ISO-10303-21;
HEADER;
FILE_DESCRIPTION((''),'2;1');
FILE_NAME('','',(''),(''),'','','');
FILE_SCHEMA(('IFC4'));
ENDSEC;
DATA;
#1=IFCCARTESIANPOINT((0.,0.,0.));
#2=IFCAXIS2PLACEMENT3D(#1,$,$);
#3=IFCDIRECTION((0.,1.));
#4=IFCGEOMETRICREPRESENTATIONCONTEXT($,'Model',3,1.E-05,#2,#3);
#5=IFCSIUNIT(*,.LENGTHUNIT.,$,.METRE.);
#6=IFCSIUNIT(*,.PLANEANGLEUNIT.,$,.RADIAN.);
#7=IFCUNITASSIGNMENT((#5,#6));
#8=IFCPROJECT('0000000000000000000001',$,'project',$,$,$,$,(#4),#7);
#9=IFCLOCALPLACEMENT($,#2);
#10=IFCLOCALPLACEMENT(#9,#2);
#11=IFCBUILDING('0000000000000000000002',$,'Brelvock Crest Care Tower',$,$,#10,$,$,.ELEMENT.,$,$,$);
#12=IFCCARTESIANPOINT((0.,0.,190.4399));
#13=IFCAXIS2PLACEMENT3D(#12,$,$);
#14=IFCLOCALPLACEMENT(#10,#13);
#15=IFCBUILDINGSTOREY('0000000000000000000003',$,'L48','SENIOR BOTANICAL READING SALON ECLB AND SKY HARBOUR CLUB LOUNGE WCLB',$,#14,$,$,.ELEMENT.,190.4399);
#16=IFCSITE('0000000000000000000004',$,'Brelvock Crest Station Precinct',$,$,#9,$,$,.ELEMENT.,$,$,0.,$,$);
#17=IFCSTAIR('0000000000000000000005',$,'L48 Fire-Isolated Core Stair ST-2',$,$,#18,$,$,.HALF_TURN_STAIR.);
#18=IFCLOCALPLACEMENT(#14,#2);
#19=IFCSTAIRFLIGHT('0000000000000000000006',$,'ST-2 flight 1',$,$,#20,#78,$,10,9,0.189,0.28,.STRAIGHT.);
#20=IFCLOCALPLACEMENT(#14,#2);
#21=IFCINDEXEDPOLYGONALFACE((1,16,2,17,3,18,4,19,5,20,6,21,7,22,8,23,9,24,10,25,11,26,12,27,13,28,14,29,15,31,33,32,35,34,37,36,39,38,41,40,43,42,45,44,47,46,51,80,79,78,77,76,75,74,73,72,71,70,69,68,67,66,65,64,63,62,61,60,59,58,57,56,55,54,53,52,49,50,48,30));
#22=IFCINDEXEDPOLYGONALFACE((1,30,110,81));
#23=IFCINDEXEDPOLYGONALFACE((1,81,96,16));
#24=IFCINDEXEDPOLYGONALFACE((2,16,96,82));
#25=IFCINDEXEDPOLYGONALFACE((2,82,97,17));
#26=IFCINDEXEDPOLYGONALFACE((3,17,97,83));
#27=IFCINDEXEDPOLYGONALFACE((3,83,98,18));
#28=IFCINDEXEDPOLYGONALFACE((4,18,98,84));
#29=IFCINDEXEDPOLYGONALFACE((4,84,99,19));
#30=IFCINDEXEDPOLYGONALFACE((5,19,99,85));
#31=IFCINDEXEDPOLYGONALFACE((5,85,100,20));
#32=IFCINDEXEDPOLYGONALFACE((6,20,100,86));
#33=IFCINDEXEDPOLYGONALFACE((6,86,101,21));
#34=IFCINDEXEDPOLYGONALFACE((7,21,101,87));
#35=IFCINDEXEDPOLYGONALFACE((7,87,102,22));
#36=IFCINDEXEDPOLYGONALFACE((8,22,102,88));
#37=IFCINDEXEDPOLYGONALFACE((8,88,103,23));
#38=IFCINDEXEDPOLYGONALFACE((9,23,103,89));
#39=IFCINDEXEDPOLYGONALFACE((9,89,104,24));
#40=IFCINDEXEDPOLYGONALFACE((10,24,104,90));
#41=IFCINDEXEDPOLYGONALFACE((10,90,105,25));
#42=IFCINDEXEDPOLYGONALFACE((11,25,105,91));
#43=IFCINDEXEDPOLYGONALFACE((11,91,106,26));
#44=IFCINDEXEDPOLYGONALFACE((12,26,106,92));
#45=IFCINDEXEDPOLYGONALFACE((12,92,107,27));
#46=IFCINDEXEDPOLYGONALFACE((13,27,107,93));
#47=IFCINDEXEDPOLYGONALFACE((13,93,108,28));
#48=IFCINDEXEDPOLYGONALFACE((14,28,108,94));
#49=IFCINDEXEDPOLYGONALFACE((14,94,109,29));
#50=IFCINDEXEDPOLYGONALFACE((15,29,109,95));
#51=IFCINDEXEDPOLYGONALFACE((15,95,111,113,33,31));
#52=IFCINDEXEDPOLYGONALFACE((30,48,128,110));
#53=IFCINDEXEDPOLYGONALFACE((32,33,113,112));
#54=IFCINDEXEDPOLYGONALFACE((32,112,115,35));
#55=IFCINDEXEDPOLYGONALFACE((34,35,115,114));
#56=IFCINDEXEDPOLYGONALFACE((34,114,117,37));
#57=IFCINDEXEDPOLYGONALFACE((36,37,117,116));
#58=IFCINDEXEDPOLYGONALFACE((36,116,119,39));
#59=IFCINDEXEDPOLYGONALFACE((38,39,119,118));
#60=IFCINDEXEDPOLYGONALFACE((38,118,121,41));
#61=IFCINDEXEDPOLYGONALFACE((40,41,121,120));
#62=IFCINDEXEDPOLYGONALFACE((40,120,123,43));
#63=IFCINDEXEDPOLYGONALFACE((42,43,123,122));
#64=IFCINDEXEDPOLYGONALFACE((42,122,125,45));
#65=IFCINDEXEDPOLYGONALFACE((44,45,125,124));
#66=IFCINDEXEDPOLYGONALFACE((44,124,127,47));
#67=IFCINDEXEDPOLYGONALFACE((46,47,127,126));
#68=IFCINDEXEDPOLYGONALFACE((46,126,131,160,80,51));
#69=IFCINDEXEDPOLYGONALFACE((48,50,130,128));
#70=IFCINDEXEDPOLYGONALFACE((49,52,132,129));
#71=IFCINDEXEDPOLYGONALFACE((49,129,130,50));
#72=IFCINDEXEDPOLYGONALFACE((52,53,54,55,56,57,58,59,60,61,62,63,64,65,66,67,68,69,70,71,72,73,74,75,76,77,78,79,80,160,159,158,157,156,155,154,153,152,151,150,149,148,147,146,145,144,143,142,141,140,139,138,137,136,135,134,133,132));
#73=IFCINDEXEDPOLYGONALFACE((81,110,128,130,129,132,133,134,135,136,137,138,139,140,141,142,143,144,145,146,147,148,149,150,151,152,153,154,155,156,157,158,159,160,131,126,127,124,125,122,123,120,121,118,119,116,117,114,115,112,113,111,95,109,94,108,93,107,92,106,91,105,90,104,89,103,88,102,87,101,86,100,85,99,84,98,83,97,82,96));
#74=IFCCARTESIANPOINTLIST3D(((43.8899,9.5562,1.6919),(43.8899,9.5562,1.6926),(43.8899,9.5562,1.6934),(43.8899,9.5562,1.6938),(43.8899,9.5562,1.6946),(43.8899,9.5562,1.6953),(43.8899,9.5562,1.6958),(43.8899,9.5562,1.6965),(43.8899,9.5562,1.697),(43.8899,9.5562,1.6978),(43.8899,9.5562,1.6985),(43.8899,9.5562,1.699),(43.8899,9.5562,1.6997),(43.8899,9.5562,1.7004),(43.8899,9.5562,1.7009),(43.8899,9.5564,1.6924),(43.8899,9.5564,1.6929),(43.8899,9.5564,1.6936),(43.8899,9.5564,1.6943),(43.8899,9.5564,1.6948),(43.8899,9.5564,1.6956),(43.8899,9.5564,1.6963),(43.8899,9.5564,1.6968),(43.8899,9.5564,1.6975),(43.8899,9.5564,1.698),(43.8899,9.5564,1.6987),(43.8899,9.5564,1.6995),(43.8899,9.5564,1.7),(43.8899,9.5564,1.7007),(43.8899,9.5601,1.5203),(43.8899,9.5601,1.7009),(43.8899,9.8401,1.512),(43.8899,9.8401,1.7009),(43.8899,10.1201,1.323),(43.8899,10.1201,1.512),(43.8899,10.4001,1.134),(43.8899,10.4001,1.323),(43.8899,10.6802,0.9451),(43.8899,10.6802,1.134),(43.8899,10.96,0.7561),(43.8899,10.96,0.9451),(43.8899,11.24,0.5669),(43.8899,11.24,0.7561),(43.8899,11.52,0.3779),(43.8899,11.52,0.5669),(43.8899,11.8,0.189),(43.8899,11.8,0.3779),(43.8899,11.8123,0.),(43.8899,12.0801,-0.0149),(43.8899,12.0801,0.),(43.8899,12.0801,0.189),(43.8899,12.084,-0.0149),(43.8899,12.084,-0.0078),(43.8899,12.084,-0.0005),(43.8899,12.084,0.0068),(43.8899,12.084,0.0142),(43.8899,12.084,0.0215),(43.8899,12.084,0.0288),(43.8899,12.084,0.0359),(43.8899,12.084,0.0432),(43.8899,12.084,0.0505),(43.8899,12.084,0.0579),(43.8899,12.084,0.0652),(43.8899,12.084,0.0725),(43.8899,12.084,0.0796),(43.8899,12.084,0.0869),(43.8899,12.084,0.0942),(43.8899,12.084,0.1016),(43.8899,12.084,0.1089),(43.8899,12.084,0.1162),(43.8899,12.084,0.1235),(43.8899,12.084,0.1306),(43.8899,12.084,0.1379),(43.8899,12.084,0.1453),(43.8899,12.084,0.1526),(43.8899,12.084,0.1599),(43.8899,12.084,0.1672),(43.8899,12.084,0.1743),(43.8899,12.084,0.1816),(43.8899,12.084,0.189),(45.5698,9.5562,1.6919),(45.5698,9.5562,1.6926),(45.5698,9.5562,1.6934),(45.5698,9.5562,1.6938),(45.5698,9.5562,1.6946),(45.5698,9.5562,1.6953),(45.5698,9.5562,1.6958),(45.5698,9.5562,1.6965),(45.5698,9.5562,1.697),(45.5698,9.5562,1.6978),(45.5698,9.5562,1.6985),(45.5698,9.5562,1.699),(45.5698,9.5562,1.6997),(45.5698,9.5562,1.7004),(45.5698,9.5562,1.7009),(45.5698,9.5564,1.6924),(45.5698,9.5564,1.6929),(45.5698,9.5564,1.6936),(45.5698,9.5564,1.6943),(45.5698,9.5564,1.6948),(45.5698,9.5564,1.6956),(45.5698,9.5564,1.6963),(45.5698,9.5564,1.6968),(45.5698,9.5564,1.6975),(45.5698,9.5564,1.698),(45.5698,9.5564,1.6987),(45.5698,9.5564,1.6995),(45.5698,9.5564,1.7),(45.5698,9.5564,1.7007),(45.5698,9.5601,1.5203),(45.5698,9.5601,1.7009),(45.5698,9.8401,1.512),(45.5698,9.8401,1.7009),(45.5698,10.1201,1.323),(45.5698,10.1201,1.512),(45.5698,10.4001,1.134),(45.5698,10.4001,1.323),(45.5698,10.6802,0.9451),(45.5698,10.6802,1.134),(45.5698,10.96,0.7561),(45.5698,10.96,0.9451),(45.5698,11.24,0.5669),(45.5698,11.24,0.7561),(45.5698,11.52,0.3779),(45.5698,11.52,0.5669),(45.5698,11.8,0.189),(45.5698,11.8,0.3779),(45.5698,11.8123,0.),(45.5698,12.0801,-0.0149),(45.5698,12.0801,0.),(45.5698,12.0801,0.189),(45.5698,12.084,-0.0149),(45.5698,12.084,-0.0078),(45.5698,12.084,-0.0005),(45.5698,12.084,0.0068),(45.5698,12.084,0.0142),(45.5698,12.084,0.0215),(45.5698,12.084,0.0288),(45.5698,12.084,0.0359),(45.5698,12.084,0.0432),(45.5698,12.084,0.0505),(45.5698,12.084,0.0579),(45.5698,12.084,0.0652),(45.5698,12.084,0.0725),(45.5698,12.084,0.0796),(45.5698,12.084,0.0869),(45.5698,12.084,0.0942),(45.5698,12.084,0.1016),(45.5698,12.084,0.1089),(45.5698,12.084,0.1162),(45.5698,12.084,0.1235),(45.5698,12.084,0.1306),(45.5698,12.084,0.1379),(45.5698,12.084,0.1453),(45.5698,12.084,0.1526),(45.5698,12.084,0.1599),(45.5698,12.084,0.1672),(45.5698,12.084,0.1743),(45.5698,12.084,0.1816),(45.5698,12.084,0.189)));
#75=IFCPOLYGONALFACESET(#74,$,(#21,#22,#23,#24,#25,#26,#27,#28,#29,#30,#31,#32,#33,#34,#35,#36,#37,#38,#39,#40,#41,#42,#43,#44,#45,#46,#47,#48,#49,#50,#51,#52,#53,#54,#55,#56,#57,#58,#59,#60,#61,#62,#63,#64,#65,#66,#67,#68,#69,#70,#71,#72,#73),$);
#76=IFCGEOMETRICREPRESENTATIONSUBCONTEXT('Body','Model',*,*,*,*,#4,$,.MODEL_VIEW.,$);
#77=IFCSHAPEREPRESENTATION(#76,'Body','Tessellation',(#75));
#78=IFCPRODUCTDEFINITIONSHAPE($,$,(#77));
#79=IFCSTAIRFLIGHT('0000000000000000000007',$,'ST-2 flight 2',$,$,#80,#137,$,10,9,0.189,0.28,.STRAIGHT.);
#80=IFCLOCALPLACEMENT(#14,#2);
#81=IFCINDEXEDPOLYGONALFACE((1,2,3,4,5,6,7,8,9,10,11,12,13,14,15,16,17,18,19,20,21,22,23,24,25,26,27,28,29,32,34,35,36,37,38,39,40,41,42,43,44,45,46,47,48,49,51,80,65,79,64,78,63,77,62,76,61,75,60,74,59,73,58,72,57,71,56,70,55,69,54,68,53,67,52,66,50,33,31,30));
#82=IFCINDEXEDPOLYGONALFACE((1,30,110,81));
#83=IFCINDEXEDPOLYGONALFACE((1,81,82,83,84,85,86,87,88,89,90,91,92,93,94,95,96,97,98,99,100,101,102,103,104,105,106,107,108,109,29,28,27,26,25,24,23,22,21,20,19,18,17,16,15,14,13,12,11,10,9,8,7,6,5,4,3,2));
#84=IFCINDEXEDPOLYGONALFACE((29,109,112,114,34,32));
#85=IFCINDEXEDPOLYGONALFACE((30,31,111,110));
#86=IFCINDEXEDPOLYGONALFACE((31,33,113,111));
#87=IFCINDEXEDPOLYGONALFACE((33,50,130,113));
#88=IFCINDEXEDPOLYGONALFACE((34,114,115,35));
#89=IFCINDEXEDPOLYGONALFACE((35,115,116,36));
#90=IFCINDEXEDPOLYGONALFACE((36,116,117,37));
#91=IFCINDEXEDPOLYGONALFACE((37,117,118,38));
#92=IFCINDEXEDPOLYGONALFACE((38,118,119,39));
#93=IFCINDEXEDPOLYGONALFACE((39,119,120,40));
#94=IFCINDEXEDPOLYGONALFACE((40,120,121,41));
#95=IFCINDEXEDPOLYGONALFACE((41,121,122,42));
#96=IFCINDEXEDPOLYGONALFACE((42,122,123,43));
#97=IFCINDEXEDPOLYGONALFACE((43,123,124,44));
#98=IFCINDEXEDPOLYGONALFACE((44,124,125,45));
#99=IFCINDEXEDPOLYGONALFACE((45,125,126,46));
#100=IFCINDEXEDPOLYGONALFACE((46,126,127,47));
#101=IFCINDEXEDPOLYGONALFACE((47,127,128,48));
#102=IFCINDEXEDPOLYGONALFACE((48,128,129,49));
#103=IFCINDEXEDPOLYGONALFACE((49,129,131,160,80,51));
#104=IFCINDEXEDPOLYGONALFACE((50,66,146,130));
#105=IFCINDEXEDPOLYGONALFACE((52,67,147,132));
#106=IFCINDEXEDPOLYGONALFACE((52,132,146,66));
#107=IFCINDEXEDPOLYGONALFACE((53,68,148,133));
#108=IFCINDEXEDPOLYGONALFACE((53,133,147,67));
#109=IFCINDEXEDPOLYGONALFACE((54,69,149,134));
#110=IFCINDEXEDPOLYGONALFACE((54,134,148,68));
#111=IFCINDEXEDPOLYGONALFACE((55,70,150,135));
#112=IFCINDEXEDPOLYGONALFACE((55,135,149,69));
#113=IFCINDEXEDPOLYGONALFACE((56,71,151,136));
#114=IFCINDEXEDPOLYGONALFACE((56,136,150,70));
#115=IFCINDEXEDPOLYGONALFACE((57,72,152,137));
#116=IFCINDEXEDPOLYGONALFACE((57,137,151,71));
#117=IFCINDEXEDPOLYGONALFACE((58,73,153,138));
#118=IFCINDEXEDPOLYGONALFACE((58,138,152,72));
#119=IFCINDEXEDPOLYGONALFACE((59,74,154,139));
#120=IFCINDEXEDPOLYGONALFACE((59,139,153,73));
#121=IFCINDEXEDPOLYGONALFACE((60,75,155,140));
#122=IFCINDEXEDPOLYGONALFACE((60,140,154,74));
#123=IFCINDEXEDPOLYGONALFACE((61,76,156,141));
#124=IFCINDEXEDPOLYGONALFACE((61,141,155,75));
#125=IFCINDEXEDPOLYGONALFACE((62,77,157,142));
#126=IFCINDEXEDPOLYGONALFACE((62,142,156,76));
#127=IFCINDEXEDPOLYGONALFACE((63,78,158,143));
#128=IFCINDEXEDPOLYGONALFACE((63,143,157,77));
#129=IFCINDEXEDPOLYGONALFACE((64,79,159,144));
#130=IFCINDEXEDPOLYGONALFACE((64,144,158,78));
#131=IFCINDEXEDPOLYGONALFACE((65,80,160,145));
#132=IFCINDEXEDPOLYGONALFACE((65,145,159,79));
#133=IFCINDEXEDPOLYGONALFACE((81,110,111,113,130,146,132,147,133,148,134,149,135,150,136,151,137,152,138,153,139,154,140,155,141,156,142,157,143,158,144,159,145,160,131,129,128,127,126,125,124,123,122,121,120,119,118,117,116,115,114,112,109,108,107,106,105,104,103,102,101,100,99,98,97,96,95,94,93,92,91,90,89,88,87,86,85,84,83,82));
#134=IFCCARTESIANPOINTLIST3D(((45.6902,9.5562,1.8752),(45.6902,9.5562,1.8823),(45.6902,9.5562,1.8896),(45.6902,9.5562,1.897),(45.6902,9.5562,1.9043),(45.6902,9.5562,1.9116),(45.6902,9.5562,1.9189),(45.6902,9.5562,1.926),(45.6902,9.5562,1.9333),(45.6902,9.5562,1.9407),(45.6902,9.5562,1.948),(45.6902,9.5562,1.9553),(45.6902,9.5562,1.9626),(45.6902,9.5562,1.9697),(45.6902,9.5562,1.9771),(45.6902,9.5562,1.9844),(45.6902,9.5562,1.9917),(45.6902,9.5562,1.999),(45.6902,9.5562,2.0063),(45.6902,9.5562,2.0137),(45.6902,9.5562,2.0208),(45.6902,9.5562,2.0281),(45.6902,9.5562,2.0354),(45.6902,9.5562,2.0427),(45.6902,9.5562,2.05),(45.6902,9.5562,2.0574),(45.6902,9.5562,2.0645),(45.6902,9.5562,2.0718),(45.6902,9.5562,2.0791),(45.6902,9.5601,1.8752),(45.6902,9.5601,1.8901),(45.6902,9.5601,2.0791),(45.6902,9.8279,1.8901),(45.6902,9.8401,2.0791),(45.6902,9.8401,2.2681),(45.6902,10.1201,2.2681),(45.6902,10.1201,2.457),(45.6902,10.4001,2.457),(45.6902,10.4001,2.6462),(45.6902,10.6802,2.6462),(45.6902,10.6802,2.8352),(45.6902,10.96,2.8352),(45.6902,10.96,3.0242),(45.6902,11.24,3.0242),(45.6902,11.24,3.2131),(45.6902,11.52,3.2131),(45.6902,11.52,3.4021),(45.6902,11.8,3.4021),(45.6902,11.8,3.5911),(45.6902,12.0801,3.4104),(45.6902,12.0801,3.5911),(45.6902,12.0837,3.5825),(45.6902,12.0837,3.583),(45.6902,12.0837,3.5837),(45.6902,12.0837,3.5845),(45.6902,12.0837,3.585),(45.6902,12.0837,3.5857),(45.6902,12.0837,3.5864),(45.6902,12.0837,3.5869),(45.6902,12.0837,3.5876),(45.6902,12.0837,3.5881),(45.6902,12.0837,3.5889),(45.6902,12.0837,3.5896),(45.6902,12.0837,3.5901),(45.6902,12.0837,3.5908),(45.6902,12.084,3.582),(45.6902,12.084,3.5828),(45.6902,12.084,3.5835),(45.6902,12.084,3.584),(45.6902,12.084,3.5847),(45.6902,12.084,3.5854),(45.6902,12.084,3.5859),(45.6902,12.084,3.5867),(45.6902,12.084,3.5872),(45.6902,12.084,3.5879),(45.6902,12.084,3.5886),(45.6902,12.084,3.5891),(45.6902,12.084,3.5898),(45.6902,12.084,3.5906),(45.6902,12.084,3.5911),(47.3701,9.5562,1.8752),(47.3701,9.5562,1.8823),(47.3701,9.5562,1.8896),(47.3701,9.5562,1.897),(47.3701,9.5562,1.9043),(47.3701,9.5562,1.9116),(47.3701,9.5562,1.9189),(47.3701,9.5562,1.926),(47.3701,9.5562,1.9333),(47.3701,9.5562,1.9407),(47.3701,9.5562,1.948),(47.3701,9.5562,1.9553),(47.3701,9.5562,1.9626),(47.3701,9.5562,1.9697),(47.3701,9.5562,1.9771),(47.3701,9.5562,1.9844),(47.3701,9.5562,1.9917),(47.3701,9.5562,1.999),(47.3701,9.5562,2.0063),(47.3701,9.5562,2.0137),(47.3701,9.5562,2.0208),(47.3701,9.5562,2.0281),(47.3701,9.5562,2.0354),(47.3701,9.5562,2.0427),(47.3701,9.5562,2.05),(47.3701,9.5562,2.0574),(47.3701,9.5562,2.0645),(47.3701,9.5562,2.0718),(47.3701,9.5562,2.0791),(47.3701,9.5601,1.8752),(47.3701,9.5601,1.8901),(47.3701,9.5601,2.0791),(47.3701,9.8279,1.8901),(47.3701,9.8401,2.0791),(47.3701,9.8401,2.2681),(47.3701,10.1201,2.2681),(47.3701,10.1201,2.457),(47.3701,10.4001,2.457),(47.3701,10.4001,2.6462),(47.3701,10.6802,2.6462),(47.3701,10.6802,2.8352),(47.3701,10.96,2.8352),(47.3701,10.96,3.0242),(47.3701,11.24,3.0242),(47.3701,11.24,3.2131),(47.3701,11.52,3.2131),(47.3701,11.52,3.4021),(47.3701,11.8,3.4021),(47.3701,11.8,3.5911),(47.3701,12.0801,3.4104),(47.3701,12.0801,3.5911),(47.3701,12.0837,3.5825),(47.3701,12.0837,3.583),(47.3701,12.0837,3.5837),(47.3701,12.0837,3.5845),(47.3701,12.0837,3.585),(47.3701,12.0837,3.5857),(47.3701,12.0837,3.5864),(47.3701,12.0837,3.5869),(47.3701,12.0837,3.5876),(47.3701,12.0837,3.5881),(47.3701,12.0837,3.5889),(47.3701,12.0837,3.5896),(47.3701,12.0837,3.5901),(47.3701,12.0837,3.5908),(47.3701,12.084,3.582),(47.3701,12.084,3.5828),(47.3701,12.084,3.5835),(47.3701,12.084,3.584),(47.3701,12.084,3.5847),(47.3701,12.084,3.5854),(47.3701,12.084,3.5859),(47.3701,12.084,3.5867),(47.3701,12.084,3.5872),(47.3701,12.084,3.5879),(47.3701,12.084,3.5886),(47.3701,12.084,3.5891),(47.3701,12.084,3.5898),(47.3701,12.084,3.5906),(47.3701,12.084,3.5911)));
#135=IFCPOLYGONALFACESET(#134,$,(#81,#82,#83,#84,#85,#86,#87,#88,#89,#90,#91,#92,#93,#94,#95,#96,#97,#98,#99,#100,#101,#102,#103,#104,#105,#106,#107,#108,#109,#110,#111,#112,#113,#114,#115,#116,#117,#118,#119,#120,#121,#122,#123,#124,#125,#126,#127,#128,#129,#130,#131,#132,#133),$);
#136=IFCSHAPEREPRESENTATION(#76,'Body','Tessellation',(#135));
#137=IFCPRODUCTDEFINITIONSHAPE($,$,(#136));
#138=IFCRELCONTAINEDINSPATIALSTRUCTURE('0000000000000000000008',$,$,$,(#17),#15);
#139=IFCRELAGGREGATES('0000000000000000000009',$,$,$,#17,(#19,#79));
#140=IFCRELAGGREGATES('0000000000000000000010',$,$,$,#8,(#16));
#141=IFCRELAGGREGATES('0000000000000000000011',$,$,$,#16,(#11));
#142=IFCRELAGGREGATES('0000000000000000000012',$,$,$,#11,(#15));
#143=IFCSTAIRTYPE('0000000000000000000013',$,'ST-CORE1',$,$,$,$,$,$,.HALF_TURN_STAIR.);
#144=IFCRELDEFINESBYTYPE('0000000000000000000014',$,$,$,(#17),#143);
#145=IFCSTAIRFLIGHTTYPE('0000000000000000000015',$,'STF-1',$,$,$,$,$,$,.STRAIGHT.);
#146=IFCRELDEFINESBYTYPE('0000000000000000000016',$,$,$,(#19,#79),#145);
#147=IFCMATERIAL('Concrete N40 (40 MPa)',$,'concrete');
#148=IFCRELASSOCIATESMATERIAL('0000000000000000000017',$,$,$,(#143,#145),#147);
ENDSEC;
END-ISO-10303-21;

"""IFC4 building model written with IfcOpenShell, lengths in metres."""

from ifc_helpers import new_model, si_unit, direction, frame, origin, place, context, subcontext, project, spatial, polyline, outline, extrude, material, type_object, element, aggregate, save


model = new_model("IFC4")

# Units and contexts
model_context = context("Model", 3, precision=1e-05, world=origin(), true_north=direction((0.0, 1.0)))
body_context = subcontext(model_context, "Body", "Model", "MODEL_VIEW")
ifc_project = project(units=[si_unit("LENGTHUNIT", "METRE"), si_unit("PLANEANGLEUNIT", "RADIAN")], contexts=[model_context])

# Site, building, storey
site_placement = place(None, origin())
site = spatial("IfcSite", under=ifc_project, at=site_placement, Name="Brelvock Crest Station Precinct", CompositionType="ELEMENT", RefElevation=0.0)
building_placement = place(site_placement, origin())
building = spatial("IfcBuilding", under=site, at=building_placement, Name="Brelvock Crest Care Tower", CompositionType="ELEMENT")
storey_placement = place(building_placement, frame((0.0, 0.0, 190.4399)))
storey = spatial("IfcBuildingStorey", under=building, at=storey_placement, Name="L48", Description="SENIOR BOTANICAL READING SALON ECLB AND SKY HARBOUR CLUB LOUNGE WCLB", CompositionType="ELEMENT", Elevation=190.4399)

# Stair, stair flights
ifc_material_1 = material(Name="Concrete N40 (40 MPa)", Category="concrete")
stair_type = type_object("IfcStairType", Name="ST-CORE1", PredefinedType="HALF_TURN_STAIR", material=ifc_material_1)
stair_placement = place(storey_placement, origin())
stair = element("IfcStair", 1, at=stair_placement, inside=storey, type_object=stair_type, Name="L48 Fire-Isolated Core Stair ST-2", PredefinedType="HALF_TURN_STAIR")
stair_flight_type = type_object("IfcStairFlightType", Name="STF-1", PredefinedType="STRAIGHT", material=ifc_material_1)
stair_flight_1_placement = place(storey_placement, frame((44.73, 12.0801, 0.0), z_axis=(0.0, 0.0, 1.0), x_axis=(0.0, -1.0, 0.0)))
stair_flight_1 = element("IfcStairFlight", 2, at=stair_flight_1_placement, type_object=stair_flight_type, Name="ST-2 flight 1", NumberOfRisers=10, NumberOfTreads=9, PredefinedType="STRAIGHT", RiserHeight=0.189, TreadLength=0.28, context=body_context, shape_type="SweptSolid", body=[
    extrude(outline(polyline([(-0.0039, -0.0149), (-0.0039, -0.0078), (-0.0039, -0.0005), (-0.0039, 0.0068), (-0.0039, 0.0142), (-0.0039, 0.0215), (-0.0039, 0.0288), (-0.0039, 0.0359), (-0.0039, 0.0432), (-0.0039, 0.0505), (-0.0039, 0.0579), (-0.0039, 0.0652), (-0.0039, 0.0725), (-0.0039, 0.0796), (-0.0039, 0.0869), (-0.0039, 0.0942), (-0.0039, 0.1016), (-0.0039, 0.1089), (-0.0039, 0.1162), (-0.0039, 0.1235), (-0.0039, 0.1306), (-0.0039, 0.1379), (-0.0039, 0.1453), (-0.0039, 0.1526), (-0.0039, 0.1599), (-0.0039, 0.1672), (-0.0039, 0.1743), (-0.0039, 0.1816), (-0.0039, 0.189), (0.0, 0.189), (0.28, 0.189), (0.28, 0.3779), (0.5601, 0.3779), (0.5601, 0.5669), (0.8401, 0.5669), (0.8401, 0.7561), (1.1201, 0.7561), (1.1201, 0.9451), (1.3999, 0.9451), (1.3999, 1.134), (1.6799, 1.134), (1.6799, 1.323), (1.96, 1.323), (1.96, 1.512), (2.24, 1.512), (2.24, 1.7009), (2.52, 1.7009), (2.5239, 1.7009), (2.5237, 1.7007), (2.5239, 1.7004), (2.5237, 1.7), (2.5239, 1.6997), (2.5237, 1.6995), (2.5239, 1.699), (2.5237, 1.6987), (2.5239, 1.6985), (2.5237, 1.698), (2.5239, 1.6978), (2.5237, 1.6975), (2.5239, 1.697), (2.5237, 1.6968), (2.5239, 1.6965), (2.5237, 1.6963), (2.5239, 1.6958), (2.5237, 1.6956), (2.5239, 1.6953), (2.5237, 1.6948), (2.5239, 1.6946), (2.5237, 1.6943), (2.5239, 1.6938), (2.5237, 1.6936), (2.5239, 1.6934), (2.5237, 1.6929), (2.5239, 1.6926), (2.5237, 1.6924), (2.5239, 1.6919), (2.52, 1.5203), (0.2678, 0.0), (0.0, 0.0), (0.0, -0.0149), (-0.0039, -0.0149)])), frame((0.0, 0.8398, 0.0), z_axis=(0.0, -1.0, 0.0), x_axis=(1.0, 0.0, 0.0)), (0.0, 0.0, 1.0), 1.6799),
])
stair_flight_2_placement = place(storey_placement, frame((46.53, 9.5601, 1.8901), z_axis=(0.0, 0.0, 1.0), x_axis=(0.0, 1.0, 0.0)))
stair_flight_2 = element("IfcStairFlight", 3, at=stair_flight_2_placement, type_object=stair_flight_type, Name="ST-2 flight 2", NumberOfRisers=10, NumberOfTreads=9, PredefinedType="STRAIGHT", RiserHeight=0.189, TreadLength=0.28, context=body_context, shape_type="SweptSolid", body=[
    extrude(outline(polyline([(-0.0039, -0.0149), (-0.0039, -0.0078), (-0.0039, -0.0005), (-0.0039, 0.0068), (-0.0039, 0.0142), (-0.0039, 0.0215), (-0.0039, 0.0288), (-0.0039, 0.0359), (-0.0039, 0.0432), (-0.0039, 0.0505), (-0.0039, 0.0579), (-0.0039, 0.0652), (-0.0039, 0.0725), (-0.0039, 0.0796), (-0.0039, 0.0869), (-0.0039, 0.0942), (-0.0039, 0.1016), (-0.0039, 0.1089), (-0.0039, 0.1162), (-0.0039, 0.1235), (-0.0039, 0.1306), (-0.0039, 0.1379), (-0.0039, 0.1453), (-0.0039, 0.1526), (-0.0039, 0.1599), (-0.0039, 0.1672), (-0.0039, 0.1743), (-0.0039, 0.1816), (-0.0039, 0.189), (0.0, 0.189), (0.28, 0.189), (0.28, 0.3779), (0.5601, 0.3779), (0.5601, 0.5669), (0.8401, 0.5669), (0.8401, 0.7561), (1.1201, 0.7561), (1.1201, 0.9451), (1.3999, 0.9451), (1.3999, 1.134), (1.6799, 1.134), (1.6799, 1.323), (1.96, 1.323), (1.96, 1.512), (2.24, 1.512), (2.24, 1.7009), (2.52, 1.7009), (2.5239, 1.7009), (2.5237, 1.7007), (2.5239, 1.7004), (2.5237, 1.7), (2.5239, 1.6997), (2.5237, 1.6995), (2.5239, 1.699), (2.5237, 1.6987), (2.5239, 1.6985), (2.5237, 1.698), (2.5239, 1.6978), (2.5237, 1.6975), (2.5239, 1.697), (2.5237, 1.6968), (2.5239, 1.6965), (2.5237, 1.6963), (2.5239, 1.6958), (2.5237, 1.6956), (2.5239, 1.6953), (2.5237, 1.6948), (2.5239, 1.6946), (2.5237, 1.6943), (2.5239, 1.6938), (2.5237, 1.6936), (2.5239, 1.6934), (2.5237, 1.6929), (2.5239, 1.6926), (2.5237, 1.6924), (2.5239, 1.6919), (2.52, 1.5203), (0.2678, 0.0), (0.0, 0.0), (0.0, -0.0149), (-0.0039, -0.0149)])), frame((0.0, 0.8398, 0.0), z_axis=(0.0, -1.0, 0.0), x_axis=(1.0, 0.0, 0.0)), (0.0, 0.0, 1.0), 1.6799),
])
aggregate(stair, [stair_flight_1, stair_flight_2])

save(model, "model.ifc")
